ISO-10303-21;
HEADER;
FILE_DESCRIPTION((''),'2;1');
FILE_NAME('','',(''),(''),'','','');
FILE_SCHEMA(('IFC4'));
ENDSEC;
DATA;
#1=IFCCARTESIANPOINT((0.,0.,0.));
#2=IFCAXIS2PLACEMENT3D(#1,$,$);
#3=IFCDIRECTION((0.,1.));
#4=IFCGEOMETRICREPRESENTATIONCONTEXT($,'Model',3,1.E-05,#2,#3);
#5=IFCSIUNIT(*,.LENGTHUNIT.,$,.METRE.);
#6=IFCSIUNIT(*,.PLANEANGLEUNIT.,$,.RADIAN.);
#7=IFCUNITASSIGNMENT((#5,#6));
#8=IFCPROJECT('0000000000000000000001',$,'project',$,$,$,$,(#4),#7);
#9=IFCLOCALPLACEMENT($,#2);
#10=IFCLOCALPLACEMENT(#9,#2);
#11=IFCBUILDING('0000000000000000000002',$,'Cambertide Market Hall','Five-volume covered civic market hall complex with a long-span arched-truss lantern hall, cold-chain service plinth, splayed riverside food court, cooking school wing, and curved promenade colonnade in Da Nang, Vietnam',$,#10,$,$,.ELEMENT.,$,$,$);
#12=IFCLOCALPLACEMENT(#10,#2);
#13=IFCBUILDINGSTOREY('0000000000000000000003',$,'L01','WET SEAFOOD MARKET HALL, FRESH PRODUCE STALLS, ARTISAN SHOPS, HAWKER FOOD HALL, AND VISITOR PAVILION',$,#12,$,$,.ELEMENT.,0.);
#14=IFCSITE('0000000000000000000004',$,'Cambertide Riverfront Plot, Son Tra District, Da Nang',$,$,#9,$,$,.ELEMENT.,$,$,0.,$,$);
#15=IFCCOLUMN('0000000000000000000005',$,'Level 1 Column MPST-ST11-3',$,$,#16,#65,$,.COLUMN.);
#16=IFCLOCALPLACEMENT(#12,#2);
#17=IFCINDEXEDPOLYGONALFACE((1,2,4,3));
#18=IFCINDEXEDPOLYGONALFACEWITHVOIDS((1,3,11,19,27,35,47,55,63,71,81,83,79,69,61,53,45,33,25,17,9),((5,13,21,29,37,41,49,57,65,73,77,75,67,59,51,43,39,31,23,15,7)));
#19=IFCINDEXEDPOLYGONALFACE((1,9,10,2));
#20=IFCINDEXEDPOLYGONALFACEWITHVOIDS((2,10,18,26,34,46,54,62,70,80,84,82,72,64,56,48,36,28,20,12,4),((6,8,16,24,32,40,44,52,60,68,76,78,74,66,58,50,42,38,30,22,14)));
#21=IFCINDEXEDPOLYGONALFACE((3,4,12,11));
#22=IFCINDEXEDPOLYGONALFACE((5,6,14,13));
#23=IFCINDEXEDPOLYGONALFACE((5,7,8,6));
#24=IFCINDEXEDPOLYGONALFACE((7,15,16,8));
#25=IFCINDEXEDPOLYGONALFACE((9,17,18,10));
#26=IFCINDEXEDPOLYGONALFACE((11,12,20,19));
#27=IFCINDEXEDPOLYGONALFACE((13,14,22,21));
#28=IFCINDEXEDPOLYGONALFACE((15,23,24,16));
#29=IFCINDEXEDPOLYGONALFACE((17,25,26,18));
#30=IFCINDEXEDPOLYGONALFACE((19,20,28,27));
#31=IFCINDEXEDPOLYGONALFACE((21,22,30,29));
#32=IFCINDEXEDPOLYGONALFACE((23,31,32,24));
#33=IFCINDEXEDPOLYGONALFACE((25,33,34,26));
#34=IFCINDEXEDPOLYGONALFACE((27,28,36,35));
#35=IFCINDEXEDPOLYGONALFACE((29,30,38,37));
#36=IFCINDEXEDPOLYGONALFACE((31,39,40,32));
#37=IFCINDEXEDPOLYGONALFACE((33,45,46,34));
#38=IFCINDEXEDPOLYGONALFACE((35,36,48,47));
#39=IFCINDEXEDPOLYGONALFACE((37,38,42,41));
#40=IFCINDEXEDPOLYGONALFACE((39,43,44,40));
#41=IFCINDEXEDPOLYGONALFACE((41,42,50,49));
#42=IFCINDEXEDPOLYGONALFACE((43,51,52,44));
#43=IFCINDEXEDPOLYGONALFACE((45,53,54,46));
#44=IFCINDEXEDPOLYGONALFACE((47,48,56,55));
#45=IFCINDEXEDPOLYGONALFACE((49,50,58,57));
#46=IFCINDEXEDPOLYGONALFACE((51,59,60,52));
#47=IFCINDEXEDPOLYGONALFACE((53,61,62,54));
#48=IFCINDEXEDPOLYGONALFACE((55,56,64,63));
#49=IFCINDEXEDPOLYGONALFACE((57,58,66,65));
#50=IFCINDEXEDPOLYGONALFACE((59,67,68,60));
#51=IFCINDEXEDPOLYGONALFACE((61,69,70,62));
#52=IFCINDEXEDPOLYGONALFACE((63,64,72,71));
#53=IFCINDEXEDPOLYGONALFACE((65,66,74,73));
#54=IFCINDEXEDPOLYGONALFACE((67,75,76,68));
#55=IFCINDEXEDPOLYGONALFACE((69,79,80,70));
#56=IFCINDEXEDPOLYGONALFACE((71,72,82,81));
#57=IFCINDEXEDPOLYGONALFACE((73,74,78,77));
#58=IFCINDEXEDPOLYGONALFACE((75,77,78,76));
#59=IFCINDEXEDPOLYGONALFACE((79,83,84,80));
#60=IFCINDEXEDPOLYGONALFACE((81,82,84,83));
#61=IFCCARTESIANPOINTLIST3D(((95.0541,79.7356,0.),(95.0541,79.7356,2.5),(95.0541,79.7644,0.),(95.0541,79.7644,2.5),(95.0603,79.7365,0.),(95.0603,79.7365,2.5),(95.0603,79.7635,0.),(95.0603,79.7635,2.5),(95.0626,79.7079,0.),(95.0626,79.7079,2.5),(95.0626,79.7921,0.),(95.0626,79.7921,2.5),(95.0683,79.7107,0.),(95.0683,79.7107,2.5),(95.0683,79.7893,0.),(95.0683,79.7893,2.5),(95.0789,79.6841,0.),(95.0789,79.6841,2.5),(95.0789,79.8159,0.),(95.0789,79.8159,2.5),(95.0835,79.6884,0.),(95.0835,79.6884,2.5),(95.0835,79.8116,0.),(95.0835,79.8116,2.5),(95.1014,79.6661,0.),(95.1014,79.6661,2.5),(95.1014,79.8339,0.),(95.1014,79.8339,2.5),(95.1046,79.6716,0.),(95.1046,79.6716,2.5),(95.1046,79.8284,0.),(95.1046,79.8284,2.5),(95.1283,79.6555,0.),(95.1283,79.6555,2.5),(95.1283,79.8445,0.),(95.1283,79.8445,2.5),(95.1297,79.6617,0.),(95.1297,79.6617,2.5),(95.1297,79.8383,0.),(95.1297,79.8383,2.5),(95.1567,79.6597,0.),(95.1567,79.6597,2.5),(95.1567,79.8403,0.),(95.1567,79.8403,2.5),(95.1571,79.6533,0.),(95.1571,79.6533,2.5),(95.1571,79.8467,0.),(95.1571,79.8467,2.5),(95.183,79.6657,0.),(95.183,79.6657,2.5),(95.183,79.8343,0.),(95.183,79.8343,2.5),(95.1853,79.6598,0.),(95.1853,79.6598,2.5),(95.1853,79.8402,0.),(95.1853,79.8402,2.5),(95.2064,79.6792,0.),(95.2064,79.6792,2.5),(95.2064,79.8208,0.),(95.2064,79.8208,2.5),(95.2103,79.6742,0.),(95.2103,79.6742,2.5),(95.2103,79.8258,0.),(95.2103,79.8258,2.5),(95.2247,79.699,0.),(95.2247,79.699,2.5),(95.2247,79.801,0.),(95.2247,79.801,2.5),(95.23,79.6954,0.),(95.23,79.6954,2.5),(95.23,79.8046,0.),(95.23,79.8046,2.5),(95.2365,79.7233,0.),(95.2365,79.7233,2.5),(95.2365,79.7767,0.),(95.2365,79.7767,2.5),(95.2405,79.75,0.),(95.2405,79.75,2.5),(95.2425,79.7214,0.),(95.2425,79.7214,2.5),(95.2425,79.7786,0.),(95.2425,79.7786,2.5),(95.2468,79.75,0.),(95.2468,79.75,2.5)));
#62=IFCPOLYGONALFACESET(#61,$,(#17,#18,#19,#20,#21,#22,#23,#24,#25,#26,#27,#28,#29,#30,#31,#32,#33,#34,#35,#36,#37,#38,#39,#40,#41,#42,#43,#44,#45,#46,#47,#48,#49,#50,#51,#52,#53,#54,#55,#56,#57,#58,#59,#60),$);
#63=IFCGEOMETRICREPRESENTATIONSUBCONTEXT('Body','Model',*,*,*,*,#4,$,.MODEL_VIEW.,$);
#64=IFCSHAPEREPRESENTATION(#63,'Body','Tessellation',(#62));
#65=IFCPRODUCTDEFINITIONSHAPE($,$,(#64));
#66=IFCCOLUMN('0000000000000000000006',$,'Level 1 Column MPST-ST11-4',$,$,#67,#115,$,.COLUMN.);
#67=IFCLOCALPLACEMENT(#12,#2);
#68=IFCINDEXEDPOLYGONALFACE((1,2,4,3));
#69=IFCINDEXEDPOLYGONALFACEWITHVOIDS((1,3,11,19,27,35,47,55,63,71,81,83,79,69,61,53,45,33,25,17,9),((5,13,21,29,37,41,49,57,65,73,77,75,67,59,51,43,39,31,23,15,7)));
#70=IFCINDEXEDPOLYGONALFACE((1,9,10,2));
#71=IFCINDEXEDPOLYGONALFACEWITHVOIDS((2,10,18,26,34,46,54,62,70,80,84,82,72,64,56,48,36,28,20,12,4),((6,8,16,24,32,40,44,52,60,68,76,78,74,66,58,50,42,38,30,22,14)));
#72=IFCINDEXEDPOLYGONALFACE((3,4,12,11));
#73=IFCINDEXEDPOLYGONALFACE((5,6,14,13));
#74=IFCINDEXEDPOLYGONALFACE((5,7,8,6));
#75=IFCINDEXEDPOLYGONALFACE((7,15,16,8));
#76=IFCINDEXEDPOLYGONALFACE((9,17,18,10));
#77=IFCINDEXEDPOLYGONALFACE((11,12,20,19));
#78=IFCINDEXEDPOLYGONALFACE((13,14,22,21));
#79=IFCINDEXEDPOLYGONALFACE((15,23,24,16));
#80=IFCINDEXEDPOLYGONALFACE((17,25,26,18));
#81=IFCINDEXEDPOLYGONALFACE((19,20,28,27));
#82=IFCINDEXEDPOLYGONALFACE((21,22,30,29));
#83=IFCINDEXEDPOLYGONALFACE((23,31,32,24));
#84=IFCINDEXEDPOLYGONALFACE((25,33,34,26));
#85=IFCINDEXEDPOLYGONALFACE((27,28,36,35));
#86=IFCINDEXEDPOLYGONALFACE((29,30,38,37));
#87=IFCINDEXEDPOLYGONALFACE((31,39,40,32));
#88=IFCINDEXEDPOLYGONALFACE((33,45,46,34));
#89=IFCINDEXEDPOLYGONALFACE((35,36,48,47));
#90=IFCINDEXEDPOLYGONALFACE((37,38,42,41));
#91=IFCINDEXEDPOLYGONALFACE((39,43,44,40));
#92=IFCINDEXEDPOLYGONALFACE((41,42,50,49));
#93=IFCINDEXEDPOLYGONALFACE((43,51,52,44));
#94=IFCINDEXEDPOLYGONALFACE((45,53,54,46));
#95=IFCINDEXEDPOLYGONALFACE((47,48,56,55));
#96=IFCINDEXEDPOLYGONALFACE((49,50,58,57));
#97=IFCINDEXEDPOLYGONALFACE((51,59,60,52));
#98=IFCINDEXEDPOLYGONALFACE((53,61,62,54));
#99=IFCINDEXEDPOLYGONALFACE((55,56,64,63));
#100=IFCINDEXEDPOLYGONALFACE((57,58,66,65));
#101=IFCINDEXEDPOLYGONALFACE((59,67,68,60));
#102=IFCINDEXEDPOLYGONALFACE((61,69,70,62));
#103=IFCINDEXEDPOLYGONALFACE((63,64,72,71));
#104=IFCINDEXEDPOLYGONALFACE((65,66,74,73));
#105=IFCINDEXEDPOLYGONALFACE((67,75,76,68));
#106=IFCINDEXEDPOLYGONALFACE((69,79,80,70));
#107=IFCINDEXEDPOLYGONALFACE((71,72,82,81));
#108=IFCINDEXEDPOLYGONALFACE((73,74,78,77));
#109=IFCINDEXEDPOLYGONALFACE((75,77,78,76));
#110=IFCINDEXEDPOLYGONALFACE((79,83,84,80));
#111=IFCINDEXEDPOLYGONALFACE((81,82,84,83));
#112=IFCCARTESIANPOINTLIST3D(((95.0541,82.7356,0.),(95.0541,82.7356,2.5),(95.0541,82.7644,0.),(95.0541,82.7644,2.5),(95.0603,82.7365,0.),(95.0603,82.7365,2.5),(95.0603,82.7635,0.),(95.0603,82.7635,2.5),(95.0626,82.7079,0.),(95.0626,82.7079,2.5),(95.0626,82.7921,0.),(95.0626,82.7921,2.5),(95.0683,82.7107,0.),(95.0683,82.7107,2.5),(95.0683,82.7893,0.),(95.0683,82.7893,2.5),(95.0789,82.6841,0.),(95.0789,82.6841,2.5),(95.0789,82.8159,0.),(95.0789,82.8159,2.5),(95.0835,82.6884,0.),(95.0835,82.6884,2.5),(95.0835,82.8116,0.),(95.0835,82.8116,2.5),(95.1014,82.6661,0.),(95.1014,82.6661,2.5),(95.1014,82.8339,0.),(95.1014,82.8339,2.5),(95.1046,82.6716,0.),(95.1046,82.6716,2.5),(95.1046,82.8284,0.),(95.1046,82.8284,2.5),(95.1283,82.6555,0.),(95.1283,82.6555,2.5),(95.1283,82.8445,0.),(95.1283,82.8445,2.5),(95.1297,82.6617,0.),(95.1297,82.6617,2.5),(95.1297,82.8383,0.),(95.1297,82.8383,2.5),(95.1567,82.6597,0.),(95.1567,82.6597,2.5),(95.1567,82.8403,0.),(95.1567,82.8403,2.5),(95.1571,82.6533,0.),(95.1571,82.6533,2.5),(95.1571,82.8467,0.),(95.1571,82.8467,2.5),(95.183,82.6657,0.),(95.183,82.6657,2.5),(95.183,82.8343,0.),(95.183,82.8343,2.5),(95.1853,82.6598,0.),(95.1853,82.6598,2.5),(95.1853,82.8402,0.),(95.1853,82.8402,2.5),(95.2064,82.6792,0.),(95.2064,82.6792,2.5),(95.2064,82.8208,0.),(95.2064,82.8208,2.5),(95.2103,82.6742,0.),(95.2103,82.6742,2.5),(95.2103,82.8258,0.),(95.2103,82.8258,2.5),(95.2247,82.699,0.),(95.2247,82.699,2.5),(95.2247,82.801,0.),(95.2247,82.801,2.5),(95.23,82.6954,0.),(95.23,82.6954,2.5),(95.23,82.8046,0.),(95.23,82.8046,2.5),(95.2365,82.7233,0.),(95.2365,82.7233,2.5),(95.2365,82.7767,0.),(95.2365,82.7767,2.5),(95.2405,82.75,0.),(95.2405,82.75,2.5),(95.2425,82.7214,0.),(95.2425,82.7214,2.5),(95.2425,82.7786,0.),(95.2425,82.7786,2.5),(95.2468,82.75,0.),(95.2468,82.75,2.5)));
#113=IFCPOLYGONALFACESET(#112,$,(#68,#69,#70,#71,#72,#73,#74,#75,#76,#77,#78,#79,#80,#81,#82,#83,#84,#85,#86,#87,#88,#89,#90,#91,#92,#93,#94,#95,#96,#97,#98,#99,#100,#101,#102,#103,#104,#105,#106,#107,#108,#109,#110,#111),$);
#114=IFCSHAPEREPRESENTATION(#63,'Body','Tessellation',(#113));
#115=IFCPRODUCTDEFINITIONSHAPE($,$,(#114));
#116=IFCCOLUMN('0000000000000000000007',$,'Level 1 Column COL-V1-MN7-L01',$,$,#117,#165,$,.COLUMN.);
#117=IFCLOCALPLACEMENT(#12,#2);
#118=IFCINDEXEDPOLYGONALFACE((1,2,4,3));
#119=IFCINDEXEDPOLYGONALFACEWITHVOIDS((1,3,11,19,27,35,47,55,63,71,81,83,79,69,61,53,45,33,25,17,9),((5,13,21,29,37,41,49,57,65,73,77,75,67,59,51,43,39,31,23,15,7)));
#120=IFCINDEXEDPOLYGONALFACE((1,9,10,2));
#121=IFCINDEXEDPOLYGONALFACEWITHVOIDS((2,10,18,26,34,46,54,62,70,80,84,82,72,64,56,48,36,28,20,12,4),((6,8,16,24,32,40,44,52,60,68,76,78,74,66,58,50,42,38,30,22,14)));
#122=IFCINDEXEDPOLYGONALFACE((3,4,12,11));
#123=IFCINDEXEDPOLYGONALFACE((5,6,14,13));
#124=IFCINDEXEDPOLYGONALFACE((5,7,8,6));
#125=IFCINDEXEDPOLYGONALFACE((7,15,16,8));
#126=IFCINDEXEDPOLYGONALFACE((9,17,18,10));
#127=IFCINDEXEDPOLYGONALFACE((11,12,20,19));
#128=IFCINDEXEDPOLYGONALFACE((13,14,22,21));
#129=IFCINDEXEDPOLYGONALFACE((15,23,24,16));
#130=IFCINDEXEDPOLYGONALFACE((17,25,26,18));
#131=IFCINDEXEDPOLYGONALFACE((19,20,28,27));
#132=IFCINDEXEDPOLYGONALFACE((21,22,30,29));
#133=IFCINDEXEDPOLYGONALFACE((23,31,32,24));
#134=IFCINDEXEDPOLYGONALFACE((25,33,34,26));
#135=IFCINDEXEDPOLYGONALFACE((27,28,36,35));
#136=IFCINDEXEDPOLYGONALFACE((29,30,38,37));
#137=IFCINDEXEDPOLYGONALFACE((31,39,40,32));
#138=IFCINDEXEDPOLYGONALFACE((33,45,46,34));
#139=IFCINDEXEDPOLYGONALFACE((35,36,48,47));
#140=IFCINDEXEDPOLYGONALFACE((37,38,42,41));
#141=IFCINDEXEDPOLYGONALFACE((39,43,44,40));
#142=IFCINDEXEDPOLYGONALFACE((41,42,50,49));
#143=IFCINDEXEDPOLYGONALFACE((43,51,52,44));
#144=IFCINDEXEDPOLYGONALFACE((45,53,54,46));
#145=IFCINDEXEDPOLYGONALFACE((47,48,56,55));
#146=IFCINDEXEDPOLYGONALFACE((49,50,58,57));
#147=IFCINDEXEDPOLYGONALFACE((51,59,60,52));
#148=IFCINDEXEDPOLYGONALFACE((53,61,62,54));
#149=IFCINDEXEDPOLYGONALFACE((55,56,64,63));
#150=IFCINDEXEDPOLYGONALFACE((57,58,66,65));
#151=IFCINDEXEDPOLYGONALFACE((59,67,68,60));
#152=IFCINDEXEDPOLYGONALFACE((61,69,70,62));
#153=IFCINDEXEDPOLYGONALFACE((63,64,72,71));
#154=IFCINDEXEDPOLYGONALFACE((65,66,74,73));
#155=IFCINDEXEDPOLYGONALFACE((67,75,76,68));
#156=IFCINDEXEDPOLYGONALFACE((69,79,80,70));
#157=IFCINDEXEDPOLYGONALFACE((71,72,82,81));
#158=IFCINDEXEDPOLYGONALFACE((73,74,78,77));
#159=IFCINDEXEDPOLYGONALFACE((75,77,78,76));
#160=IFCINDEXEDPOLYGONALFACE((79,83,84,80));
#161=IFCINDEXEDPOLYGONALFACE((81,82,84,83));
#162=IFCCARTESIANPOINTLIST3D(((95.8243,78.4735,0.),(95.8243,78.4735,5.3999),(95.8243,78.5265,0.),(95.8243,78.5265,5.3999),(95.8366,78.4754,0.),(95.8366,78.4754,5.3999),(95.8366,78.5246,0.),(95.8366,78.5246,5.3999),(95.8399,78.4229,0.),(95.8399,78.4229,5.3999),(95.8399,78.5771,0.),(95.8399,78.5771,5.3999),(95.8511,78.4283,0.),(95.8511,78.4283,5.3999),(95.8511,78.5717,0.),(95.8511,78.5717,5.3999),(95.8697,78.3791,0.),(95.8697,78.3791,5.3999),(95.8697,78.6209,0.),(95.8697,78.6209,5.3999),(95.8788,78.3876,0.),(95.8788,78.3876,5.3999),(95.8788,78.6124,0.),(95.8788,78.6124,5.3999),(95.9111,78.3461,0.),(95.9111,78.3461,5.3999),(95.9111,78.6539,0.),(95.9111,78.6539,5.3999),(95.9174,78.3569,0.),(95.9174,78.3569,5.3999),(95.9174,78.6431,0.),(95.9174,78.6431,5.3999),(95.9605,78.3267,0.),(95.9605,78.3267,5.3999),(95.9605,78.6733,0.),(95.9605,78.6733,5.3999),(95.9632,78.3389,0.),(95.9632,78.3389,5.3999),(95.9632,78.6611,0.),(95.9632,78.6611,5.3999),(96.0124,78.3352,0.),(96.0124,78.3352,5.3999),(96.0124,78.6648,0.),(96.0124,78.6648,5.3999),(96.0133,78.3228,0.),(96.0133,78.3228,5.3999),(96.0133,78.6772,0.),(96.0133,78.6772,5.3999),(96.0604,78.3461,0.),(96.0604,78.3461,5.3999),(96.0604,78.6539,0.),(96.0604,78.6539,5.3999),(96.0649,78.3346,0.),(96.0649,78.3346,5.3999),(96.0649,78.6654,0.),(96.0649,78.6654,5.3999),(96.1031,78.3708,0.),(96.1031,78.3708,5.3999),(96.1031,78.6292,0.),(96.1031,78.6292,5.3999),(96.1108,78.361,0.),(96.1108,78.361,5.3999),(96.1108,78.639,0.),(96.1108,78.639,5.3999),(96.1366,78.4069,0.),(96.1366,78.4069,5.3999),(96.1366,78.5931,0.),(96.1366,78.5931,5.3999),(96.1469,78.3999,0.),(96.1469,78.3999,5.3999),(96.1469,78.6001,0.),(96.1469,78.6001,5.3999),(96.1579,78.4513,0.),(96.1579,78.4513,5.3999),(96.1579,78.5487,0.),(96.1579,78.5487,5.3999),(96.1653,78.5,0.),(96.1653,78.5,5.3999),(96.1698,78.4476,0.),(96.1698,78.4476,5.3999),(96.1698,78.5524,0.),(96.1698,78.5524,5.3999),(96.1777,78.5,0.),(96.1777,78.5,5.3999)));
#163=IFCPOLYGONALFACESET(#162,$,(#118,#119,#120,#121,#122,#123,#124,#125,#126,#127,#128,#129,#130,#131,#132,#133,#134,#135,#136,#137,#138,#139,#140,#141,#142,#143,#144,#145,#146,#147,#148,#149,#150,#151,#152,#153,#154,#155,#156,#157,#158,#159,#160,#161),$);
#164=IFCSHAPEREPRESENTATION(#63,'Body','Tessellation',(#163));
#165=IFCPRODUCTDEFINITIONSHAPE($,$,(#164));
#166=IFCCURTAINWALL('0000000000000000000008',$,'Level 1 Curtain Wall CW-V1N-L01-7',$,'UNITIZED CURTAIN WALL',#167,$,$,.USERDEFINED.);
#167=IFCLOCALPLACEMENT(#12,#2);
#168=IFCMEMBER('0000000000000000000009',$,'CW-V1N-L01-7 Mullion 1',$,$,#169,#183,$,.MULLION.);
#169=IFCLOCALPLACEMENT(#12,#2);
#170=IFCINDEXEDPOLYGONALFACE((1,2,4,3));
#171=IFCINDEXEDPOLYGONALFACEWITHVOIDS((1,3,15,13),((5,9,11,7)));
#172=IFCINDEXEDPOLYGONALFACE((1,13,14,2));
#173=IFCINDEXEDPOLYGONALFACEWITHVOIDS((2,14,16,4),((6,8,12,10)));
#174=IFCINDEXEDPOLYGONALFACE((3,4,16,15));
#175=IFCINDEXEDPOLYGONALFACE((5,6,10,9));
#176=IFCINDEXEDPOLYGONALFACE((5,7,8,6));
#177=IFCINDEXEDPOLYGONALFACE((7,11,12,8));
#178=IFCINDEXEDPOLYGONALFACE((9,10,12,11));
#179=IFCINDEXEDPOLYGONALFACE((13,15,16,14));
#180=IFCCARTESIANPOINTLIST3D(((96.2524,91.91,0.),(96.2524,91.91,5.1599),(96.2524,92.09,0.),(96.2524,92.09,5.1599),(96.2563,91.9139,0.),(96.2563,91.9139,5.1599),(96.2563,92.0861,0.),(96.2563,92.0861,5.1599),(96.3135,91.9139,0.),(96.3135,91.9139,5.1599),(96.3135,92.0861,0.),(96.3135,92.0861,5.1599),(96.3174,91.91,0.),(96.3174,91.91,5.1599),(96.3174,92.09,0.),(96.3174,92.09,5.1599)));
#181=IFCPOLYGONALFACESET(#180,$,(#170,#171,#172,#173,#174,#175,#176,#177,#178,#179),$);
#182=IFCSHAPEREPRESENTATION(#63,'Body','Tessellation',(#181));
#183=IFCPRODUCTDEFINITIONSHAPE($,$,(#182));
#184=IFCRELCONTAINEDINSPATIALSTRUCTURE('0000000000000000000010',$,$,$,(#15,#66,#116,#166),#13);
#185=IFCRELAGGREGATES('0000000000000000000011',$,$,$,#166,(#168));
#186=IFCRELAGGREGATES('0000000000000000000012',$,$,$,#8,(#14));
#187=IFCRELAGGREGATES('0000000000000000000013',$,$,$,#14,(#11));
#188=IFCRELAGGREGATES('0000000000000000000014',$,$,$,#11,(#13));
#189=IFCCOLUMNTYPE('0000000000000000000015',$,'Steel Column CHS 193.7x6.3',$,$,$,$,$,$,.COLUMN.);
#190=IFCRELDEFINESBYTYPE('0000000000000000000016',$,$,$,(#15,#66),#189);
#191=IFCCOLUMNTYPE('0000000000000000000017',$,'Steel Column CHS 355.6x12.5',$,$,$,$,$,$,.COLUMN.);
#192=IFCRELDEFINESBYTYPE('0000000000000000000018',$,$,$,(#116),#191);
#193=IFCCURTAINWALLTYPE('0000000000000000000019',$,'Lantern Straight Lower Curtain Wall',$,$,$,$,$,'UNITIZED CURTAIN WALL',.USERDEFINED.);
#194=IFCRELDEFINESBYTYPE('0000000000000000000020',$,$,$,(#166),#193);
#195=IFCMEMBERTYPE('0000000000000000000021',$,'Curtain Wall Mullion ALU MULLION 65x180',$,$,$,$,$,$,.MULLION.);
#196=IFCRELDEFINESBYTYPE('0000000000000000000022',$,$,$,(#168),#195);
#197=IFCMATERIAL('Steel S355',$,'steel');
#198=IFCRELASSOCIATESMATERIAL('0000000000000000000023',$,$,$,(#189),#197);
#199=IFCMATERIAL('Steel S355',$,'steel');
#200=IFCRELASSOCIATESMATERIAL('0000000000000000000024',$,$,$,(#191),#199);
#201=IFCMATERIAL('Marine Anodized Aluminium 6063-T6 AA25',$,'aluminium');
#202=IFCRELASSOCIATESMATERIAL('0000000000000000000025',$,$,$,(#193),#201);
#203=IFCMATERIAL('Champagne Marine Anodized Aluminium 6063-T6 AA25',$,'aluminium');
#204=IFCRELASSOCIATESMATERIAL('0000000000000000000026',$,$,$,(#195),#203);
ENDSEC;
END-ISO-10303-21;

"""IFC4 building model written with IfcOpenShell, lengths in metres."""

from ifc_helpers import new_model, si_unit, direction, frame, origin, origin_2d, place, context, subcontext, project, spatial, hollow_rectangle, hollow_circle, extrude, material, material_profile, profile_set, type_object, element, aggregate, save


model = new_model("IFC4")

# Units and contexts
model_context = context("Model", 3, precision=1e-05, world=origin(), true_north=direction((0.0, 1.0)))
body_context = subcontext(model_context, "Body", "Model", "MODEL_VIEW")
ifc_project = project(units=[si_unit("LENGTHUNIT", "METRE"), si_unit("PLANEANGLEUNIT", "RADIAN")], contexts=[model_context])

# Site, building, storey
site_placement = place(None, origin())
site = spatial("IfcSite", under=ifc_project, at=site_placement, Name="Cambertide Riverfront Plot, Son Tra District, Da Nang", CompositionType="ELEMENT", RefElevation=0.0)
building_placement = place(site_placement, origin())
building = spatial("IfcBuilding", under=site, at=building_placement, Name="Cambertide Market Hall", Description="Five-volume covered civic market hall complex with a long-span arched-truss lantern hall, cold-chain service plinth, splayed riverside food court, cooking school wing, and curved promenade colonnade in Da Nang, Vietnam", CompositionType="ELEMENT")
storey_placement = place(building_placement, origin())
storey = spatial("IfcBuildingStorey", under=building, at=storey_placement, Name="L01", Description="WET SEAFOOD MARKET HALL, FRESH PRODUCE STALLS, ARTISAN SHOPS, HAWKER FOOD HALL, AND VISITOR PAVILION", CompositionType="ELEMENT", Elevation=0.0)

# Columns
ifc_material_1 = material(Name="Steel S355", Category="steel")
ifc_material_profile_1 = material_profile(ifc_material_1, hollow_circle(Radius=0.0969, WallThickness=0.0063, at=origin_2d()), Name="CHS 193.7x6.3")
ifc_profile_set_1 = profile_set([ifc_material_profile_1], Name="Steel S355")
column_type_1 = type_object("IfcColumnType", Name="Steel Column CHS 193.7x6.3", PredefinedType="COLUMN", material=ifc_profile_set_1)
for number, where, z_axis, x_axis, name in (
    (1, (95.1499, 79.75, 0.0), (0.0, 0.0, 1.0), (1.0, 0.0, 0.0), "Level 1 Column MPST-ST11-3"),
    (2, (95.1499, 82.75, 0.0), (0.0, 0.0, 1.0), (1.0, 0.0, 0.0), "Level 1 Column MPST-ST11-4"),
):
    element("IfcColumn", number, at=place(storey_placement, frame(where, z_axis=z_axis, x_axis=x_axis)), inside=storey, type_object=column_type_1, Name=name, PredefinedType="COLUMN", context=body_context, shape_type="SweptSolid", body=[
        extrude(hollow_circle(Radius=0.0969, WallThickness=0.0063, at=origin_2d()), origin(), (0.0, 0.0, 1.0), 2.5),
    ])
ifc_material_2 = material(Name="Steel S355", Category="steel")
ifc_material_profile_2 = material_profile(ifc_material_2, hollow_circle(Radius=0.1777, WallThickness=0.0125, at=origin_2d()), Name="CHS 355.6x12.5")
ifc_profile_set_2 = profile_set([ifc_material_profile_2], Name="Steel S355")
column_type_2 = type_object("IfcColumnType", Name="Steel Column CHS 355.6x12.5", PredefinedType="COLUMN", material=ifc_profile_set_2)
column_1_placement = place(storey_placement, frame((96.0, 78.5, 0.0), z_axis=(0.0, 0.0, 1.0), x_axis=(1.0, 0.0, 0.0)))
element("IfcColumn", 3, at=column_1_placement, inside=storey, type_object=column_type_2, Name="Level 1 Column COL-V1-MN7-L01", PredefinedType="COLUMN", context=body_context, shape_type="SweptSolid", body=[
    extrude(hollow_circle(Radius=0.1777, WallThickness=0.0125, at=origin_2d()), origin(), (0.0, 0.0, 1.0), 5.3999),
])

# Curtain wall, member
ifc_material_3 = material(Name="Marine Anodized Aluminium 6063-T6 AA25", Category="aluminium")
curtain_wall_type = type_object("IfcCurtainWallType", Name="Lantern Straight Lower Curtain Wall", ElementType="UNITIZED CURTAIN WALL", PredefinedType="USERDEFINED", material=ifc_material_3)
curtain_wall_placement = place(storey_placement, origin())
curtain_wall = element("IfcCurtainWall", 4, at=curtain_wall_placement, inside=storey, type_object=curtain_wall_type, Name="Level 1 Curtain Wall CW-V1N-L01-7", ObjectType="UNITIZED CURTAIN WALL", PredefinedType="USERDEFINED")
ifc_material_4 = material(Name="Champagne Marine Anodized Aluminium 6063-T6 AA25", Category="aluminium")
ifc_material_profile_3 = material_profile(ifc_material_4, hollow_rectangle(XDim=0.0649, YDim=0.1799, WallThickness=0.0039, at=origin_2d()), Name="ALU MULLION 65x180")
ifc_profile_set_3 = profile_set([ifc_material_profile_3], Name="Champagne Marine Anodized Aluminium 6063-T6 AA25")
member_type_1 = type_object("IfcMemberType", Name="Curtain Wall Mullion ALU MULLION 65x180", PredefinedType="MULLION", material=ifc_profile_set_3)
member_1_placement = place(storey_placement, frame((96.2849, 92.0, 0.0), z_axis=(0.0, 0.0, 1.0), x_axis=(1.0, 0.0, 0.0)))
member_1 = element("IfcMember", 5, at=member_1_placement, type_object=member_type_1, Name="CW-V1N-L01-7 Mullion 1", PredefinedType="MULLION", context=body_context, shape_type="SweptSolid", body=[
    extrude(hollow_rectangle(XDim=0.0649, YDim=0.1799, WallThickness=0.0039, at=origin_2d()), origin(), (0.0, 0.0, 1.0), 5.1599),
])
aggregate(curtain_wall, [member_1])

save(model, "model.ifc")
